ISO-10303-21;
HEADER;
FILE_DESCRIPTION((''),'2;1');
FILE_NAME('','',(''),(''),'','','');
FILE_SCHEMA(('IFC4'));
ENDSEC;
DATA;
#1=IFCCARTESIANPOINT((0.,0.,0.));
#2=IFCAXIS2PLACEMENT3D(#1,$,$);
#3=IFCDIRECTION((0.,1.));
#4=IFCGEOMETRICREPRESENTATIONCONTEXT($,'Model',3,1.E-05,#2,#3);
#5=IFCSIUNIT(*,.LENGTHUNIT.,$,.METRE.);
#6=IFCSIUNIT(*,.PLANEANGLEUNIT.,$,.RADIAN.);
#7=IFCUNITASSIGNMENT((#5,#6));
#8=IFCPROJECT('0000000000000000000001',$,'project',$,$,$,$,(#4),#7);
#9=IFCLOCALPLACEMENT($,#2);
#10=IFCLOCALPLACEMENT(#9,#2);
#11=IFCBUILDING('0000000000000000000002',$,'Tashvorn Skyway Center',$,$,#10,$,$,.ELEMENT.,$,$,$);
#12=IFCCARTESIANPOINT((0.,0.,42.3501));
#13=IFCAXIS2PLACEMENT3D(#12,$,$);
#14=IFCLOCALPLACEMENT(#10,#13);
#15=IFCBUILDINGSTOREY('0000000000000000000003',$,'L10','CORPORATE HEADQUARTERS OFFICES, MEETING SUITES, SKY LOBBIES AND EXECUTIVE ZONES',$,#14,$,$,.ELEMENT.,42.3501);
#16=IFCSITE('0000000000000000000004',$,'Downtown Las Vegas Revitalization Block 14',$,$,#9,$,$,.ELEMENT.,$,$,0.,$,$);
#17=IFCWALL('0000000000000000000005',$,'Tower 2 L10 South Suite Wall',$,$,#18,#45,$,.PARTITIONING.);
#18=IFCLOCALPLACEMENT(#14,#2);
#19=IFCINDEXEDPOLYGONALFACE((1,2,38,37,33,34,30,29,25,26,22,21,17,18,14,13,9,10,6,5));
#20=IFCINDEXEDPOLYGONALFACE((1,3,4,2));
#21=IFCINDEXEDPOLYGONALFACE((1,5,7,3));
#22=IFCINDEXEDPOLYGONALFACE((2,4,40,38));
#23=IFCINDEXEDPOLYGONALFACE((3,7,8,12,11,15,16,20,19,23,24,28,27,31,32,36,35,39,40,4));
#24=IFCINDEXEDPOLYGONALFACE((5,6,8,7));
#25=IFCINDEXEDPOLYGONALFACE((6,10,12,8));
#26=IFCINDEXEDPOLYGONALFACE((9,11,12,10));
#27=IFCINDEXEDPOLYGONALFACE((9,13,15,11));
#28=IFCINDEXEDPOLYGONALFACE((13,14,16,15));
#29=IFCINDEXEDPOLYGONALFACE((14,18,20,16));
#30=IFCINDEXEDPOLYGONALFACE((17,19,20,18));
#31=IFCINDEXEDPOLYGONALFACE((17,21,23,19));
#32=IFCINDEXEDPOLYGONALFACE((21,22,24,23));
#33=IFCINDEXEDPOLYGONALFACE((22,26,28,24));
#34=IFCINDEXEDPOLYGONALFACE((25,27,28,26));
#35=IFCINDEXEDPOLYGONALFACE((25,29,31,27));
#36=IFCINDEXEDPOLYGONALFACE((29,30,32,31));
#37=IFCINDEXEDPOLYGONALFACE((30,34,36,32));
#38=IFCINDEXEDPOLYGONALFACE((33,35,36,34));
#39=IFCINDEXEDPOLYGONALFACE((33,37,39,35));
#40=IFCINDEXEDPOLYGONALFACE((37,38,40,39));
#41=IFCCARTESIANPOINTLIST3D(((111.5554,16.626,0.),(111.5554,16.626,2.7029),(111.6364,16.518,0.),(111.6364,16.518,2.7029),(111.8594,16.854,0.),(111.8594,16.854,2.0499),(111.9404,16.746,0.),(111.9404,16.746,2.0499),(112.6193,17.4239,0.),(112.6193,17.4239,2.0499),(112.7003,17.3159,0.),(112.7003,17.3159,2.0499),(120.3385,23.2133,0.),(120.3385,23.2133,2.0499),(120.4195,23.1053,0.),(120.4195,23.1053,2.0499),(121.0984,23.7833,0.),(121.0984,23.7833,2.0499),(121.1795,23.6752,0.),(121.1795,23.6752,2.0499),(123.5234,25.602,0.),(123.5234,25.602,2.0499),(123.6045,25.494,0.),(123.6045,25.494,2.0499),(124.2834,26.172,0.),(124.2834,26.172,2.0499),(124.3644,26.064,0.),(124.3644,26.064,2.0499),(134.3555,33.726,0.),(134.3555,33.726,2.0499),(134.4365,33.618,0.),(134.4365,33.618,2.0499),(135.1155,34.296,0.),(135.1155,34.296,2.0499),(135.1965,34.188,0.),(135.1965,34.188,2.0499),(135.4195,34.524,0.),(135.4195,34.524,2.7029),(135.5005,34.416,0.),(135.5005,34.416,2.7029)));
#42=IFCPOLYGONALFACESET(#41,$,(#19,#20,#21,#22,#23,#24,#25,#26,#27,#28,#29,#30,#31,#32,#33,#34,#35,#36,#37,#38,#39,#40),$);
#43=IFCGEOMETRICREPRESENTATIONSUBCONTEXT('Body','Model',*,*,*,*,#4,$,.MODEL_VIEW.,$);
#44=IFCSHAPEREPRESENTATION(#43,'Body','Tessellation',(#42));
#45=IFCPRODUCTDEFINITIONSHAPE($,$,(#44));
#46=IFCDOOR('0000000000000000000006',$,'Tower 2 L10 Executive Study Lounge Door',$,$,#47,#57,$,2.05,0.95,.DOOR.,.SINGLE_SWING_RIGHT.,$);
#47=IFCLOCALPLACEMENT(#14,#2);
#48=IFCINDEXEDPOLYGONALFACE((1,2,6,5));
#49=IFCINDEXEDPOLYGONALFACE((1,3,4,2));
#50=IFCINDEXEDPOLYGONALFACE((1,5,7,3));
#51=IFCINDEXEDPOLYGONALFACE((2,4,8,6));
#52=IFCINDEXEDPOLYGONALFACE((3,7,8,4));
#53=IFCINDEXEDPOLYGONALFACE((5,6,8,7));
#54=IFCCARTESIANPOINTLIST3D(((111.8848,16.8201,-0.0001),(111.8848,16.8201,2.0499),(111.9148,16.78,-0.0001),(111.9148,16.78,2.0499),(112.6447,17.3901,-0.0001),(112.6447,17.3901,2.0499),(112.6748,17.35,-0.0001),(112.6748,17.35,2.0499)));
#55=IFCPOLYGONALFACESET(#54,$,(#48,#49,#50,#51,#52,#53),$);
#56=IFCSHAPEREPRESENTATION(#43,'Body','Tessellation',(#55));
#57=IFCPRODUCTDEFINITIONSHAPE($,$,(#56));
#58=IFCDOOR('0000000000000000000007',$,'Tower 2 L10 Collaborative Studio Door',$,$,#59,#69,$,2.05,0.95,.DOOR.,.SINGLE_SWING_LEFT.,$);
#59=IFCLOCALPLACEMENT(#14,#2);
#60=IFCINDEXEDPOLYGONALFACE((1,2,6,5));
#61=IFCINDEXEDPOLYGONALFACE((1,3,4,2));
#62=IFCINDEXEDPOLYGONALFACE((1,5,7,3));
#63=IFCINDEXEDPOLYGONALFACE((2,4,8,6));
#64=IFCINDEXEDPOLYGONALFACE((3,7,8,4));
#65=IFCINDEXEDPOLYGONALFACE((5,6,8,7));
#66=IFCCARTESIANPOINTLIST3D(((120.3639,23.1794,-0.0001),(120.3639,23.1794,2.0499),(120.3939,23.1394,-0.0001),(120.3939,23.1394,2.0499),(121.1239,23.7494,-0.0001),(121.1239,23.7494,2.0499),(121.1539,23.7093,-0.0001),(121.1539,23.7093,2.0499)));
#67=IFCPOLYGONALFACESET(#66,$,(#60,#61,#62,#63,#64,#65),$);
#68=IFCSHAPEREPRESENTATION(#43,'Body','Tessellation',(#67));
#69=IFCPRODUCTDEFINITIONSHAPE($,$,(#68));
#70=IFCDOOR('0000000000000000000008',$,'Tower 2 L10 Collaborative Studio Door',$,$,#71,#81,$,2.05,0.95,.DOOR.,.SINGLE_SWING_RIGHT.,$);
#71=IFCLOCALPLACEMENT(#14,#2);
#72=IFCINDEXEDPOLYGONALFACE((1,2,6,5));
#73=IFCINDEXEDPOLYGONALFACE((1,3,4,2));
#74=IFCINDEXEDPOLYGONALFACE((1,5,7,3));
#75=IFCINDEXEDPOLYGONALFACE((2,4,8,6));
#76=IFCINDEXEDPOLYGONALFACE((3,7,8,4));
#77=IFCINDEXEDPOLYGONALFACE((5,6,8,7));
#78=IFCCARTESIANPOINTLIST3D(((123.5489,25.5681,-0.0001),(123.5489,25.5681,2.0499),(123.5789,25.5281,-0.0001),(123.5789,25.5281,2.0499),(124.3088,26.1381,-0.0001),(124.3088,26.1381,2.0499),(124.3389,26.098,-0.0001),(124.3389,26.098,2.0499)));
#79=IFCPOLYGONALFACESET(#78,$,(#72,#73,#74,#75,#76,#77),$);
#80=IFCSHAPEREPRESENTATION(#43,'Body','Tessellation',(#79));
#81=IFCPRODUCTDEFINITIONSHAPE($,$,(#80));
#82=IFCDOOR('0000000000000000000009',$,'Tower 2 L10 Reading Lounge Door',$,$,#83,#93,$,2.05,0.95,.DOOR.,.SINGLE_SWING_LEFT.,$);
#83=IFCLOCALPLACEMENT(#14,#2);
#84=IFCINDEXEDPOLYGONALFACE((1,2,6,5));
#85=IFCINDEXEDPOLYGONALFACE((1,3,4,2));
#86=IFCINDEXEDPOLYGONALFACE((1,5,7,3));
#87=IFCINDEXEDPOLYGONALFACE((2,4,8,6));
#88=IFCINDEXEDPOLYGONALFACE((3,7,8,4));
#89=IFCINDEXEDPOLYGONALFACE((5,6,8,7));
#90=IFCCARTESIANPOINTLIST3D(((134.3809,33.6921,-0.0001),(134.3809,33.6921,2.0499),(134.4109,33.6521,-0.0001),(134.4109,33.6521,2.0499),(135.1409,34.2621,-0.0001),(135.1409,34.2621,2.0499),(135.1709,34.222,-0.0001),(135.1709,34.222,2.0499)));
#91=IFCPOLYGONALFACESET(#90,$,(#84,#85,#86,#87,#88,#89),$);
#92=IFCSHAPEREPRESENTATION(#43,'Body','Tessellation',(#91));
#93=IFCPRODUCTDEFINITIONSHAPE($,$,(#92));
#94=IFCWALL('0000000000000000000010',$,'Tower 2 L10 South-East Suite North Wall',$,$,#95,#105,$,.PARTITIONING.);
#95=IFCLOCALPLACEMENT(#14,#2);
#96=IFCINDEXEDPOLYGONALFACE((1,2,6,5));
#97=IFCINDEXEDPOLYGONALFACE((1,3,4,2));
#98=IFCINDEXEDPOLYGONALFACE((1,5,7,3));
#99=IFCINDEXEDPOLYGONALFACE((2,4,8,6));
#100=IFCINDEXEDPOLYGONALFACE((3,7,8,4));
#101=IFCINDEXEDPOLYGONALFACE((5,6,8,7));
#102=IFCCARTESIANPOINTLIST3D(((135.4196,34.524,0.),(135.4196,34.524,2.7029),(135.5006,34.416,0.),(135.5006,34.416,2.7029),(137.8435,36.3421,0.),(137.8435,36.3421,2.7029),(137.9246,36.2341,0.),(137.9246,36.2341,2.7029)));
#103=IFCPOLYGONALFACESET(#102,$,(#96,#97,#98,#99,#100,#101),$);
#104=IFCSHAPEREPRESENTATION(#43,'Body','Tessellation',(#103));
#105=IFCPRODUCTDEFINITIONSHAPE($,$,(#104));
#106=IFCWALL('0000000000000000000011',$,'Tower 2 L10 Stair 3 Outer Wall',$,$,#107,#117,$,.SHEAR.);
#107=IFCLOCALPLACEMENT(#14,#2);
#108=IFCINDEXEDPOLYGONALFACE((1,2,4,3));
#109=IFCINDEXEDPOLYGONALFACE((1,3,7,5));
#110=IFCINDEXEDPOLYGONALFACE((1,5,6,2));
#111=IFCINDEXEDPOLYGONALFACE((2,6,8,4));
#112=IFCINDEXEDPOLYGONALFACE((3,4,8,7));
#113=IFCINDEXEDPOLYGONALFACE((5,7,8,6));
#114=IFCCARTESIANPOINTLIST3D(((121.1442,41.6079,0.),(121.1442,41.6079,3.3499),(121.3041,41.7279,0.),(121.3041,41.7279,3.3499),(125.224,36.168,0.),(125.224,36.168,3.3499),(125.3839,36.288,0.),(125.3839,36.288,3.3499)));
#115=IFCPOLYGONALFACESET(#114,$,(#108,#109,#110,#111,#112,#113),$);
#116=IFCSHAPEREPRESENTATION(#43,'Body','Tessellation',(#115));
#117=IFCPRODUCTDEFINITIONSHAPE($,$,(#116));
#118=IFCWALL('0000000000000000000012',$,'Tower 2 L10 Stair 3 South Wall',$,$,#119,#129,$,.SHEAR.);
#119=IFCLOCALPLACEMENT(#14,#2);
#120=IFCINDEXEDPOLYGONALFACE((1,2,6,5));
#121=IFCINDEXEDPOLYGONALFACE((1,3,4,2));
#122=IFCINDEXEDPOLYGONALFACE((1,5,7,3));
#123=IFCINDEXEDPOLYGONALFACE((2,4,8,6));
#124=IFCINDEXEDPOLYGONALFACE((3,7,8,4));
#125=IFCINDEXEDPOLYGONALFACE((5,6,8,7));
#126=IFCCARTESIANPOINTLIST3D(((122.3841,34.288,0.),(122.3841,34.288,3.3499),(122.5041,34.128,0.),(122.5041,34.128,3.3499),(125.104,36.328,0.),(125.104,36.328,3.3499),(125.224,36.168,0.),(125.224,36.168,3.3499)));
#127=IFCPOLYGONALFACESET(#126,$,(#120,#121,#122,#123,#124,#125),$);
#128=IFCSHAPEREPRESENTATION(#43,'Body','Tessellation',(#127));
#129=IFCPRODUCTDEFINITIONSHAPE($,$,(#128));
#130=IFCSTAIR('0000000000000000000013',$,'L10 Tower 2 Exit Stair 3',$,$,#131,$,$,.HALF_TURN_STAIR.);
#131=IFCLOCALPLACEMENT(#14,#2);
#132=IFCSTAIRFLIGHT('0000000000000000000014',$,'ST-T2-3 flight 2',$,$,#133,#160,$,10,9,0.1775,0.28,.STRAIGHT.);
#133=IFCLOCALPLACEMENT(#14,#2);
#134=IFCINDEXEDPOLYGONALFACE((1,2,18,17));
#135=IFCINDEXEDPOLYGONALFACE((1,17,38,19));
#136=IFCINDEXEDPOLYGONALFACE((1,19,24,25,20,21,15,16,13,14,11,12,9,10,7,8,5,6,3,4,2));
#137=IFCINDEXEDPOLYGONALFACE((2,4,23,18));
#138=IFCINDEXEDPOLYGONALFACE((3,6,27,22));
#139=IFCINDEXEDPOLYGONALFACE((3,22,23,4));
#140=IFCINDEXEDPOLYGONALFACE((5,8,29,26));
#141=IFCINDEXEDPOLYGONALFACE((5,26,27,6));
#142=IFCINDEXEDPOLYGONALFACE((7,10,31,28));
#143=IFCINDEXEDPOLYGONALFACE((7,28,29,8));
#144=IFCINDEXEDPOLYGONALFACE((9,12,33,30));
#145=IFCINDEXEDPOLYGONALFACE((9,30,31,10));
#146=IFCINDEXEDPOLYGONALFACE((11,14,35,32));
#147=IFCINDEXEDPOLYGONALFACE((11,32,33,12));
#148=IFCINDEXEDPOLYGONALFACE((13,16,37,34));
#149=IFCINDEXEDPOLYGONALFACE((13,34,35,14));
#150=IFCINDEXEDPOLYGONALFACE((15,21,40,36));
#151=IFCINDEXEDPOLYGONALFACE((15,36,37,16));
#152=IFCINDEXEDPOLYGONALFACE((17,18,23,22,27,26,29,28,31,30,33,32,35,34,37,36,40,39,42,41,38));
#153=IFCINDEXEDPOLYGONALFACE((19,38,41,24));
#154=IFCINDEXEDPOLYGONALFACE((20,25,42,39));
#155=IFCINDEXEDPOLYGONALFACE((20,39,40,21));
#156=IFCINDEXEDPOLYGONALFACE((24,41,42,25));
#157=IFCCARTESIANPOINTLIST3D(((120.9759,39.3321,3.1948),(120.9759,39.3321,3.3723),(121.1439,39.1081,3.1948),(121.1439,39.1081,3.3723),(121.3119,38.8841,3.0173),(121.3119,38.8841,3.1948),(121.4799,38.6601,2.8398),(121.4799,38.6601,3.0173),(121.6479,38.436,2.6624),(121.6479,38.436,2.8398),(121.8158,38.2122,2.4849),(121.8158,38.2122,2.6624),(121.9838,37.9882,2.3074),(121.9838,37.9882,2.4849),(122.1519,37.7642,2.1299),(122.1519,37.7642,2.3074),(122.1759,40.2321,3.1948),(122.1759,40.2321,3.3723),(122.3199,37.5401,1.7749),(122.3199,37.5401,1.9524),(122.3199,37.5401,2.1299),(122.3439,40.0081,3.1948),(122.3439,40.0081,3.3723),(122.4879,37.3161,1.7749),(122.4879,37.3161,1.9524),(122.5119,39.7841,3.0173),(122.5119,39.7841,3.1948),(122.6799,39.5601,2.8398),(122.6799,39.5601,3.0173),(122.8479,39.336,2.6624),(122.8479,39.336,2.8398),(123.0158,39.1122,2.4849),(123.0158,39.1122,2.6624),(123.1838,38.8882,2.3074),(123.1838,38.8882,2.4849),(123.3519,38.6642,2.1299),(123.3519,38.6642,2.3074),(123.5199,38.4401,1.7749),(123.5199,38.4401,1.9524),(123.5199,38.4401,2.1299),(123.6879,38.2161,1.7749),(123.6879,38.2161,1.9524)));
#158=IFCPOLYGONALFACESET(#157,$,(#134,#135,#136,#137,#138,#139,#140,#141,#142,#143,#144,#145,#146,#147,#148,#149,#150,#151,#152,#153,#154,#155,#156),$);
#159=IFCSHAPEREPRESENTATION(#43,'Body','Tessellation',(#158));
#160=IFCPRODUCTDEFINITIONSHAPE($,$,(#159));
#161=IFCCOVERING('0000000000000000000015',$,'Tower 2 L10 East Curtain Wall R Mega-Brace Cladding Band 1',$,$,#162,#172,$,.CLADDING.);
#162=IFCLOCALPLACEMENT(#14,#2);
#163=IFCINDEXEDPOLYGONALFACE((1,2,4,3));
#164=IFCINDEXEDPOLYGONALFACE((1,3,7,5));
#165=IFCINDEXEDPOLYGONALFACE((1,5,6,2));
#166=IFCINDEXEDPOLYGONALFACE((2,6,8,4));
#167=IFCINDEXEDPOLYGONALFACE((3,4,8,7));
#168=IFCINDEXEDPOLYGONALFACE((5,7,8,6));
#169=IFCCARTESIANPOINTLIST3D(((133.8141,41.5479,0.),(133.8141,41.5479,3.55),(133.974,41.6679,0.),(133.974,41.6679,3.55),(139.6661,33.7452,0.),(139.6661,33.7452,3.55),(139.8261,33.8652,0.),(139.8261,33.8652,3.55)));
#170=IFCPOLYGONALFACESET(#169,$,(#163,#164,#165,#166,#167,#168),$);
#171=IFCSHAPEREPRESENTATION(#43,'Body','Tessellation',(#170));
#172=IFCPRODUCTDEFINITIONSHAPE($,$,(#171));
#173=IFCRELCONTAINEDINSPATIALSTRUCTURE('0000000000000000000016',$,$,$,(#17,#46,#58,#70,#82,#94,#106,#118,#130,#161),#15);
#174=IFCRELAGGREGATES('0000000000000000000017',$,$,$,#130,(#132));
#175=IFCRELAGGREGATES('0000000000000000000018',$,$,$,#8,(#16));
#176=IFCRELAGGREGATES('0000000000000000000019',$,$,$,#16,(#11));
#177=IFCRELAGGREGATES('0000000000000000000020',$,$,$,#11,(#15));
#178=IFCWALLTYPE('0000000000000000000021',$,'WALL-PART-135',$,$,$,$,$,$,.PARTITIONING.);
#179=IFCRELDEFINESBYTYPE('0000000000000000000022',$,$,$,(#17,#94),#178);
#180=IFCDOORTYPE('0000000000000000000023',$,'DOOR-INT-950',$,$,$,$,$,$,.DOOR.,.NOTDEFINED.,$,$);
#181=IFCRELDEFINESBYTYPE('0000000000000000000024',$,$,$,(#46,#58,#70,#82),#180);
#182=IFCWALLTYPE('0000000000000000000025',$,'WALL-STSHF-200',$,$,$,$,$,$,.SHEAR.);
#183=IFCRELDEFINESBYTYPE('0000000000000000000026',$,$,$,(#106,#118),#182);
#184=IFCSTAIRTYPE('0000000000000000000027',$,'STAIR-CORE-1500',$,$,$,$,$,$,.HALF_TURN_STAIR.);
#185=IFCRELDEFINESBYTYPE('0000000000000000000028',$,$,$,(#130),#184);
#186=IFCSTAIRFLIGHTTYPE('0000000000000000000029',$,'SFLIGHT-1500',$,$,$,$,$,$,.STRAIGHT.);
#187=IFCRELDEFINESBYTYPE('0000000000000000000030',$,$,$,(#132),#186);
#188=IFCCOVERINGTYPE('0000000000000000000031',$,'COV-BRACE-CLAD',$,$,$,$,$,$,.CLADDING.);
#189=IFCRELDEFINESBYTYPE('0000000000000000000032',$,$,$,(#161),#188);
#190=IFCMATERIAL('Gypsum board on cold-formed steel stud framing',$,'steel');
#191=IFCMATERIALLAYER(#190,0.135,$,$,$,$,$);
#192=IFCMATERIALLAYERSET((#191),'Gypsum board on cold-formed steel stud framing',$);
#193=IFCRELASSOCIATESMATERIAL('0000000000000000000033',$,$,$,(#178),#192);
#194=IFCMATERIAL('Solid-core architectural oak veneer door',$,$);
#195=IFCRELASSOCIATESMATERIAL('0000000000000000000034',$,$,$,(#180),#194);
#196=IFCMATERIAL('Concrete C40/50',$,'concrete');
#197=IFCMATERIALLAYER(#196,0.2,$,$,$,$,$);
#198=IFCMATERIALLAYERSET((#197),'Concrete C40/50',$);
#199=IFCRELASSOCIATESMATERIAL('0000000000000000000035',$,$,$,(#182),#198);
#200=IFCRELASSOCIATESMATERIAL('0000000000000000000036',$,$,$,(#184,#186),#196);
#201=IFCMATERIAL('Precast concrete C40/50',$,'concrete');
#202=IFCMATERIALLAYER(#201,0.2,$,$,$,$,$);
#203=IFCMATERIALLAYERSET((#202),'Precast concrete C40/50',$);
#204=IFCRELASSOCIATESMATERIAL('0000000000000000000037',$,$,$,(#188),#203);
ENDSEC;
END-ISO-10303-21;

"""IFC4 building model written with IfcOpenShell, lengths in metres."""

from ifc_helpers import new_model, si_unit, direction, frame, frame_2d, origin, origin_2d, place, context, subcontext, project, spatial, polyline, rectangle, outline, extrude, material, layer, layer_set, type_object, element, fill, aggregate, save


model = new_model("IFC4")

# Units and contexts
model_context = context("Model", 3, precision=1e-05, world=origin(), true_north=direction((0.0, 1.0)))
body_context = subcontext(model_context, "Body", "Model", "MODEL_VIEW")
ifc_project = project(units=[si_unit("LENGTHUNIT", "METRE"), si_unit("PLANEANGLEUNIT", "RADIAN")], contexts=[model_context])

# Site, building, storey
site_placement = place(None, origin())
site = spatial("IfcSite", under=ifc_project, at=site_placement, Name="Downtown Las Vegas Revitalization Block 14", CompositionType="ELEMENT", RefElevation=0.0)
building_placement = place(site_placement, origin())
building = spatial("IfcBuilding", under=site, at=building_placement, Name="Tashvorn Skyway Center", CompositionType="ELEMENT")
storey_placement = place(building_placement, frame((0.0, 0.0, 42.3501)))
storey = spatial("IfcBuildingStorey", under=building, at=storey_placement, Name="L10", Description="CORPORATE HEADQUARTERS OFFICES, MEETING SUITES, SKY LOBBIES AND EXECUTIVE ZONES", CompositionType="ELEMENT", Elevation=42.3501)

# Wall, openings, doors
ifc_material_1 = material(Name="Gypsum board on cold-formed steel stud framing", Category="steel")
ifc_layer_1 = layer(ifc_material_1, 0.135)
ifc_layer_set_1 = layer_set([ifc_layer_1], Name="Gypsum board on cold-formed steel stud framing")
wall_type_1 = type_object("IfcWallType", Name="WALL-PART-135", PredefinedType="PARTITIONING", material=ifc_layer_set_1)
wall_1_placement = place(storey_placement, frame((135.46, 34.47, 0.0), z_axis=(0.0, 0.0, 1.0), x_axis=(-0.800001, -0.599999, 0.0)))
wall_1 = element("IfcWall", 1, at=wall_1_placement, inside=storey, type_object=wall_type_1, Name="Tower 2 L10 South Suite Wall", PredefinedType="PARTITIONING", context=body_context, shape_type="SweptSolid", body=[
    extrude(rectangle(XDim=29.8301, YDim=0.135, at=frame_2d((14.915, 0.0))), origin(), (0.0, 0.0, 1.0), 2.7029),
])
opening_1_placement = place(wall_1_placement, frame((28.5, 0.0, 0.0)))
opening_1 = element("IfcOpeningElement", 2, at=opening_1_placement, cuts=wall_1, PredefinedType="OPENING", context=body_context, shape_type="SweptSolid", body=[
    extrude(rectangle(XDim=0.95, YDim=2.05, at=frame_2d((0.4751, 1.0249))), frame((0.0, 0.0774, 0.0), z_axis=(0.0, -1.0, 0.0), x_axis=(1.0, 0.0, 0.0)), (0.0, 0.0, 1.0), 0.155),
])
opening_2_placement = place(wall_1_placement, frame((17.9011, 0.0, 0.0)))
opening_2 = element("IfcOpeningElement", 3, at=opening_2_placement, cuts=wall_1, PredefinedType="OPENING", context=body_context, shape_type="SweptSolid", body=[
    extrude(rectangle(XDim=0.95, YDim=2.05, at=frame_2d((0.4751, 1.0249))), frame((0.0, 0.0774, 0.0), z_axis=(0.0, -1.0, 0.0), x_axis=(1.0, 0.0, 0.0)), (0.0, 0.0, 1.0), 0.155),
])
opening_3_placement = place(wall_1_placement, frame((13.9199, 0.0, 0.0)))
opening_3 = element("IfcOpeningElement", 4, at=opening_3_placement, cuts=wall_1, PredefinedType="OPENING", context=body_context, shape_type="SweptSolid", body=[
    extrude(rectangle(XDim=0.95, YDim=2.05, at=frame_2d((0.4751, 1.0249))), frame((0.0, 0.0774, 0.0), z_axis=(0.0, -1.0, 0.0), x_axis=(1.0, 0.0, 0.0)), (0.0, 0.0, 1.0), 0.155),
])
opening_4_placement = place(wall_1_placement, frame((0.3799, 0.0, 0.0)))
opening_4 = element("IfcOpeningElement", 5, at=opening_4_placement, cuts=wall_1, PredefinedType="OPENING", context=body_context, shape_type="SweptSolid", body=[
    extrude(rectangle(XDim=0.95, YDim=2.05, at=frame_2d((0.4751, 1.0249))), frame((0.0, 0.0774, 0.0), z_axis=(0.0, -1.0, 0.0), x_axis=(1.0, 0.0, 0.0)), (0.0, 0.0, 1.0), 0.155),
])
ifc_material_2 = material(Name="Solid-core architectural oak veneer door")
door_type = type_object("IfcDoorType", Name="DOOR-INT-950", OperationType="NOTDEFINED", PredefinedType="DOOR", material=ifc_material_2)
door_1_placement = place(opening_1_placement, origin())
door_1 = element("IfcDoor", 6, at=door_1_placement, inside=storey, type_object=door_type, Name="Tower 2 L10 Executive Study Lounge Door", OperationType="SINGLE_SWING_RIGHT", OverallHeight=2.05, OverallWidth=0.95, PredefinedType="DOOR", context=body_context, shape_type="SweptSolid", body=[
    extrude(rectangle(XDim=0.95, YDim=2.05, at=frame_2d((0.4751, 1.0249))), frame((0.0, 0.0249, 0.0), z_axis=(0.0, -1.0, 0.0), x_axis=(1.0, 0.0, 0.0)), (0.0, 0.0, 1.0), 0.05),
])
fill(opening_1, door_1)
door_2_placement = place(opening_2_placement, origin())
door_2 = element("IfcDoor", 7, at=door_2_placement, inside=storey, type_object=door_type, Name="Tower 2 L10 Collaborative Studio Door", OperationType="SINGLE_SWING_LEFT", OverallHeight=2.05, OverallWidth=0.95, PredefinedType="DOOR", context=body_context, shape_type="SweptSolid", body=[
    extrude(rectangle(XDim=0.95, YDim=2.05, at=frame_2d((0.4751, 1.0249))), frame((0.0, 0.0249, 0.0), z_axis=(0.0, -1.0, 0.0), x_axis=(1.0, 0.0, 0.0)), (0.0, 0.0, 1.0), 0.05),
])
fill(opening_2, door_2)
door_3_placement = place(opening_3_placement, origin())
door_3 = element("IfcDoor", 8, at=door_3_placement, inside=storey, type_object=door_type, Name="Tower 2 L10 Collaborative Studio Door", OperationType="SINGLE_SWING_RIGHT", OverallHeight=2.05, OverallWidth=0.95, PredefinedType="DOOR", context=body_context, shape_type="SweptSolid", body=[
    extrude(rectangle(XDim=0.95, YDim=2.05, at=frame_2d((0.4751, 1.0249))), frame((0.0, 0.0249, 0.0), z_axis=(0.0, -1.0, 0.0), x_axis=(1.0, 0.0, 0.0)), (0.0, 0.0, 1.0), 0.05),
])
fill(opening_3, door_3)
door_4_placement = place(opening_4_placement, origin())
door_4 = element("IfcDoor", 9, at=door_4_placement, inside=storey, type_object=door_type, Name="Tower 2 L10 Reading Lounge Door", OperationType="SINGLE_SWING_LEFT", OverallHeight=2.05, OverallWidth=0.95, PredefinedType="DOOR", context=body_context, shape_type="SweptSolid", body=[
    extrude(rectangle(XDim=0.95, YDim=2.05, at=frame_2d((0.4751, 1.0249))), frame((0.0, 0.0249, 0.0), z_axis=(0.0, -1.0, 0.0), x_axis=(1.0, 0.0, 0.0)), (0.0, 0.0, 1.0), 0.05),
])
fill(opening_4, door_4)

# Walls
wall_2_placement = place(storey_placement, frame((135.46, 34.47, 0.0), z_axis=(0.0, 0.0, 1.0), x_axis=(0.79999, 0.600013, 0.0)))
element("IfcWall", 10, at=wall_2_placement, inside=storey, type_object=wall_type_1, Name="Tower 2 L10 South-East Suite North Wall", PredefinedType="PARTITIONING", context=body_context, shape_type="SweptSolid", body=[
    extrude(rectangle(XDim=3.03, YDim=0.135, at=frame_2d((1.5151, 0.0))), origin(), (0.0, 0.0, 1.0), 2.7029),
])
ifc_material_3 = material(Name="Concrete C40/50", Category="concrete")
ifc_layer_2 = layer(ifc_material_3, 0.2)
ifc_layer_set_2 = layer_set([ifc_layer_2], Name="Concrete C40/50")
wall_type_2 = type_object("IfcWallType", Name="WALL-STSHF-200", PredefinedType="SHEAR", material=ifc_layer_set_2)
wall_3_placement = place(storey_placement, frame((125.304, 36.228, 0.0), z_axis=(0.0, 0.0, 1.0), x_axis=(-0.599989, 0.800009, 0.0)))
element("IfcWall", 11, at=wall_3_placement, inside=storey, type_object=wall_type_2, Name="Tower 2 L10 Stair 3 Outer Wall", PredefinedType="SHEAR", context=body_context, shape_type="SweptSolid", body=[
    extrude(rectangle(XDim=6.7998, YDim=0.2, at=frame_2d((3.3999, 0.0))), origin(), (0.0, 0.0, 1.0), 3.3499),
])
wall_4_placement = place(storey_placement, frame((122.4441, 34.208, 0.0), z_axis=(0.0, 0.0, 1.0), x_axis=(0.799991, 0.600011, 0.0)))
element("IfcWall", 12, at=wall_4_placement, inside=storey, type_object=wall_type_2, Name="Tower 2 L10 Stair 3 South Wall", PredefinedType="SHEAR", context=body_context, shape_type="SweptSolid", body=[
    extrude(rectangle(XDim=3.3999, YDim=0.2, at=frame_2d((1.7, 0.0))), origin(), (0.0, 0.0, 1.0), 3.3499),
])

# Stair, stair flight
stair_type = type_object("IfcStairType", Name="STAIR-CORE-1500", PredefinedType="HALF_TURN_STAIR", material=ifc_material_3)
stair_placement = place(storey_placement, origin())
stair = element("IfcStair", 13, at=stair_placement, inside=storey, type_object=stair_type, Name="L10 Tower 2 Exit Stair 3", PredefinedType="HALF_TURN_STAIR")
stair_flight_type = type_object("IfcStairFlightType", Name="SFLIGHT-1500", PredefinedType="STRAIGHT", material=ifc_material_3)
stair_flight_placement = place(storey_placement, frame((123.0879, 37.7661, 1.7749), z_axis=(0.0, 0.0, 1.0), x_axis=(-0.6, 0.8, 0.0)))
stair_flight = element("IfcStairFlight", 14, at=stair_flight_placement, type_object=stair_flight_type, Name="ST-T2-3 flight 2", NumberOfRisers=10, NumberOfTreads=9, PredefinedType="STRAIGHT", RiserHeight=0.1775, TreadLength=0.28, context=body_context, shape_type="SweptSolid", body=[
    extrude(outline(polyline([(0.0, 0.0), (0.0, 0.1775), (0.28, 0.1775), (0.28, 0.355), (0.5601, 0.355), (0.5601, 0.5325), (0.8401, 0.5325), (0.8401, 0.71), (1.1201, 0.71), (1.1201, 0.8875), (1.3999, 0.8875), (1.3999, 1.0649), (1.6799, 1.0649), (1.6799, 1.2424), (1.96, 1.2424), (1.96, 1.4199), (2.24, 1.4199), (2.24, 1.5974), (2.52, 1.5974), (2.52, 1.7749), (2.52, 1.4199), (0.28, 0.0), (0.0, 0.0)])), frame((0.0, 0.75, 0.0), z_axis=(0.0, -1.0, 0.0), x_axis=(1.0, 0.0, 0.0)), (0.0, 0.0, 1.0), 1.5),
])
aggregate(stair, [stair_flight])

# Covering
ifc_material_4 = material(Name="Precast concrete C40/50", Category="concrete")
ifc_layer_3 = layer(ifc_material_4, 0.2)
ifc_layer_set_3 = layer_set([ifc_layer_3], Name="Precast concrete C40/50")
covering_type_1 = type_object("IfcCoveringType", Name="COV-BRACE-CLAD", PredefinedType="CLADDING", material=ifc_layer_set_3)
covering_placement = place(storey_placement, frame((136.8201, 37.7065, 0.0), z_axis=(0.0, 0.0, 1.0), x_axis=(0.6, -0.8, 0.0)))
element("IfcCovering", 15, at=covering_placement, inside=storey, type_object=covering_type_1, Name="Tower 2 L10 East Curtain Wall R Mega-Brace Cladding Band 1", PredefinedType="CLADDING", context=body_context, shape_type="SweptSolid", body=[
    extrude(rectangle(XDim=9.7534, YDim=0.2, at=origin_2d()), origin(), (0.0, 0.0, 1.0), 3.55),
])

save(model, "model.ifc")
